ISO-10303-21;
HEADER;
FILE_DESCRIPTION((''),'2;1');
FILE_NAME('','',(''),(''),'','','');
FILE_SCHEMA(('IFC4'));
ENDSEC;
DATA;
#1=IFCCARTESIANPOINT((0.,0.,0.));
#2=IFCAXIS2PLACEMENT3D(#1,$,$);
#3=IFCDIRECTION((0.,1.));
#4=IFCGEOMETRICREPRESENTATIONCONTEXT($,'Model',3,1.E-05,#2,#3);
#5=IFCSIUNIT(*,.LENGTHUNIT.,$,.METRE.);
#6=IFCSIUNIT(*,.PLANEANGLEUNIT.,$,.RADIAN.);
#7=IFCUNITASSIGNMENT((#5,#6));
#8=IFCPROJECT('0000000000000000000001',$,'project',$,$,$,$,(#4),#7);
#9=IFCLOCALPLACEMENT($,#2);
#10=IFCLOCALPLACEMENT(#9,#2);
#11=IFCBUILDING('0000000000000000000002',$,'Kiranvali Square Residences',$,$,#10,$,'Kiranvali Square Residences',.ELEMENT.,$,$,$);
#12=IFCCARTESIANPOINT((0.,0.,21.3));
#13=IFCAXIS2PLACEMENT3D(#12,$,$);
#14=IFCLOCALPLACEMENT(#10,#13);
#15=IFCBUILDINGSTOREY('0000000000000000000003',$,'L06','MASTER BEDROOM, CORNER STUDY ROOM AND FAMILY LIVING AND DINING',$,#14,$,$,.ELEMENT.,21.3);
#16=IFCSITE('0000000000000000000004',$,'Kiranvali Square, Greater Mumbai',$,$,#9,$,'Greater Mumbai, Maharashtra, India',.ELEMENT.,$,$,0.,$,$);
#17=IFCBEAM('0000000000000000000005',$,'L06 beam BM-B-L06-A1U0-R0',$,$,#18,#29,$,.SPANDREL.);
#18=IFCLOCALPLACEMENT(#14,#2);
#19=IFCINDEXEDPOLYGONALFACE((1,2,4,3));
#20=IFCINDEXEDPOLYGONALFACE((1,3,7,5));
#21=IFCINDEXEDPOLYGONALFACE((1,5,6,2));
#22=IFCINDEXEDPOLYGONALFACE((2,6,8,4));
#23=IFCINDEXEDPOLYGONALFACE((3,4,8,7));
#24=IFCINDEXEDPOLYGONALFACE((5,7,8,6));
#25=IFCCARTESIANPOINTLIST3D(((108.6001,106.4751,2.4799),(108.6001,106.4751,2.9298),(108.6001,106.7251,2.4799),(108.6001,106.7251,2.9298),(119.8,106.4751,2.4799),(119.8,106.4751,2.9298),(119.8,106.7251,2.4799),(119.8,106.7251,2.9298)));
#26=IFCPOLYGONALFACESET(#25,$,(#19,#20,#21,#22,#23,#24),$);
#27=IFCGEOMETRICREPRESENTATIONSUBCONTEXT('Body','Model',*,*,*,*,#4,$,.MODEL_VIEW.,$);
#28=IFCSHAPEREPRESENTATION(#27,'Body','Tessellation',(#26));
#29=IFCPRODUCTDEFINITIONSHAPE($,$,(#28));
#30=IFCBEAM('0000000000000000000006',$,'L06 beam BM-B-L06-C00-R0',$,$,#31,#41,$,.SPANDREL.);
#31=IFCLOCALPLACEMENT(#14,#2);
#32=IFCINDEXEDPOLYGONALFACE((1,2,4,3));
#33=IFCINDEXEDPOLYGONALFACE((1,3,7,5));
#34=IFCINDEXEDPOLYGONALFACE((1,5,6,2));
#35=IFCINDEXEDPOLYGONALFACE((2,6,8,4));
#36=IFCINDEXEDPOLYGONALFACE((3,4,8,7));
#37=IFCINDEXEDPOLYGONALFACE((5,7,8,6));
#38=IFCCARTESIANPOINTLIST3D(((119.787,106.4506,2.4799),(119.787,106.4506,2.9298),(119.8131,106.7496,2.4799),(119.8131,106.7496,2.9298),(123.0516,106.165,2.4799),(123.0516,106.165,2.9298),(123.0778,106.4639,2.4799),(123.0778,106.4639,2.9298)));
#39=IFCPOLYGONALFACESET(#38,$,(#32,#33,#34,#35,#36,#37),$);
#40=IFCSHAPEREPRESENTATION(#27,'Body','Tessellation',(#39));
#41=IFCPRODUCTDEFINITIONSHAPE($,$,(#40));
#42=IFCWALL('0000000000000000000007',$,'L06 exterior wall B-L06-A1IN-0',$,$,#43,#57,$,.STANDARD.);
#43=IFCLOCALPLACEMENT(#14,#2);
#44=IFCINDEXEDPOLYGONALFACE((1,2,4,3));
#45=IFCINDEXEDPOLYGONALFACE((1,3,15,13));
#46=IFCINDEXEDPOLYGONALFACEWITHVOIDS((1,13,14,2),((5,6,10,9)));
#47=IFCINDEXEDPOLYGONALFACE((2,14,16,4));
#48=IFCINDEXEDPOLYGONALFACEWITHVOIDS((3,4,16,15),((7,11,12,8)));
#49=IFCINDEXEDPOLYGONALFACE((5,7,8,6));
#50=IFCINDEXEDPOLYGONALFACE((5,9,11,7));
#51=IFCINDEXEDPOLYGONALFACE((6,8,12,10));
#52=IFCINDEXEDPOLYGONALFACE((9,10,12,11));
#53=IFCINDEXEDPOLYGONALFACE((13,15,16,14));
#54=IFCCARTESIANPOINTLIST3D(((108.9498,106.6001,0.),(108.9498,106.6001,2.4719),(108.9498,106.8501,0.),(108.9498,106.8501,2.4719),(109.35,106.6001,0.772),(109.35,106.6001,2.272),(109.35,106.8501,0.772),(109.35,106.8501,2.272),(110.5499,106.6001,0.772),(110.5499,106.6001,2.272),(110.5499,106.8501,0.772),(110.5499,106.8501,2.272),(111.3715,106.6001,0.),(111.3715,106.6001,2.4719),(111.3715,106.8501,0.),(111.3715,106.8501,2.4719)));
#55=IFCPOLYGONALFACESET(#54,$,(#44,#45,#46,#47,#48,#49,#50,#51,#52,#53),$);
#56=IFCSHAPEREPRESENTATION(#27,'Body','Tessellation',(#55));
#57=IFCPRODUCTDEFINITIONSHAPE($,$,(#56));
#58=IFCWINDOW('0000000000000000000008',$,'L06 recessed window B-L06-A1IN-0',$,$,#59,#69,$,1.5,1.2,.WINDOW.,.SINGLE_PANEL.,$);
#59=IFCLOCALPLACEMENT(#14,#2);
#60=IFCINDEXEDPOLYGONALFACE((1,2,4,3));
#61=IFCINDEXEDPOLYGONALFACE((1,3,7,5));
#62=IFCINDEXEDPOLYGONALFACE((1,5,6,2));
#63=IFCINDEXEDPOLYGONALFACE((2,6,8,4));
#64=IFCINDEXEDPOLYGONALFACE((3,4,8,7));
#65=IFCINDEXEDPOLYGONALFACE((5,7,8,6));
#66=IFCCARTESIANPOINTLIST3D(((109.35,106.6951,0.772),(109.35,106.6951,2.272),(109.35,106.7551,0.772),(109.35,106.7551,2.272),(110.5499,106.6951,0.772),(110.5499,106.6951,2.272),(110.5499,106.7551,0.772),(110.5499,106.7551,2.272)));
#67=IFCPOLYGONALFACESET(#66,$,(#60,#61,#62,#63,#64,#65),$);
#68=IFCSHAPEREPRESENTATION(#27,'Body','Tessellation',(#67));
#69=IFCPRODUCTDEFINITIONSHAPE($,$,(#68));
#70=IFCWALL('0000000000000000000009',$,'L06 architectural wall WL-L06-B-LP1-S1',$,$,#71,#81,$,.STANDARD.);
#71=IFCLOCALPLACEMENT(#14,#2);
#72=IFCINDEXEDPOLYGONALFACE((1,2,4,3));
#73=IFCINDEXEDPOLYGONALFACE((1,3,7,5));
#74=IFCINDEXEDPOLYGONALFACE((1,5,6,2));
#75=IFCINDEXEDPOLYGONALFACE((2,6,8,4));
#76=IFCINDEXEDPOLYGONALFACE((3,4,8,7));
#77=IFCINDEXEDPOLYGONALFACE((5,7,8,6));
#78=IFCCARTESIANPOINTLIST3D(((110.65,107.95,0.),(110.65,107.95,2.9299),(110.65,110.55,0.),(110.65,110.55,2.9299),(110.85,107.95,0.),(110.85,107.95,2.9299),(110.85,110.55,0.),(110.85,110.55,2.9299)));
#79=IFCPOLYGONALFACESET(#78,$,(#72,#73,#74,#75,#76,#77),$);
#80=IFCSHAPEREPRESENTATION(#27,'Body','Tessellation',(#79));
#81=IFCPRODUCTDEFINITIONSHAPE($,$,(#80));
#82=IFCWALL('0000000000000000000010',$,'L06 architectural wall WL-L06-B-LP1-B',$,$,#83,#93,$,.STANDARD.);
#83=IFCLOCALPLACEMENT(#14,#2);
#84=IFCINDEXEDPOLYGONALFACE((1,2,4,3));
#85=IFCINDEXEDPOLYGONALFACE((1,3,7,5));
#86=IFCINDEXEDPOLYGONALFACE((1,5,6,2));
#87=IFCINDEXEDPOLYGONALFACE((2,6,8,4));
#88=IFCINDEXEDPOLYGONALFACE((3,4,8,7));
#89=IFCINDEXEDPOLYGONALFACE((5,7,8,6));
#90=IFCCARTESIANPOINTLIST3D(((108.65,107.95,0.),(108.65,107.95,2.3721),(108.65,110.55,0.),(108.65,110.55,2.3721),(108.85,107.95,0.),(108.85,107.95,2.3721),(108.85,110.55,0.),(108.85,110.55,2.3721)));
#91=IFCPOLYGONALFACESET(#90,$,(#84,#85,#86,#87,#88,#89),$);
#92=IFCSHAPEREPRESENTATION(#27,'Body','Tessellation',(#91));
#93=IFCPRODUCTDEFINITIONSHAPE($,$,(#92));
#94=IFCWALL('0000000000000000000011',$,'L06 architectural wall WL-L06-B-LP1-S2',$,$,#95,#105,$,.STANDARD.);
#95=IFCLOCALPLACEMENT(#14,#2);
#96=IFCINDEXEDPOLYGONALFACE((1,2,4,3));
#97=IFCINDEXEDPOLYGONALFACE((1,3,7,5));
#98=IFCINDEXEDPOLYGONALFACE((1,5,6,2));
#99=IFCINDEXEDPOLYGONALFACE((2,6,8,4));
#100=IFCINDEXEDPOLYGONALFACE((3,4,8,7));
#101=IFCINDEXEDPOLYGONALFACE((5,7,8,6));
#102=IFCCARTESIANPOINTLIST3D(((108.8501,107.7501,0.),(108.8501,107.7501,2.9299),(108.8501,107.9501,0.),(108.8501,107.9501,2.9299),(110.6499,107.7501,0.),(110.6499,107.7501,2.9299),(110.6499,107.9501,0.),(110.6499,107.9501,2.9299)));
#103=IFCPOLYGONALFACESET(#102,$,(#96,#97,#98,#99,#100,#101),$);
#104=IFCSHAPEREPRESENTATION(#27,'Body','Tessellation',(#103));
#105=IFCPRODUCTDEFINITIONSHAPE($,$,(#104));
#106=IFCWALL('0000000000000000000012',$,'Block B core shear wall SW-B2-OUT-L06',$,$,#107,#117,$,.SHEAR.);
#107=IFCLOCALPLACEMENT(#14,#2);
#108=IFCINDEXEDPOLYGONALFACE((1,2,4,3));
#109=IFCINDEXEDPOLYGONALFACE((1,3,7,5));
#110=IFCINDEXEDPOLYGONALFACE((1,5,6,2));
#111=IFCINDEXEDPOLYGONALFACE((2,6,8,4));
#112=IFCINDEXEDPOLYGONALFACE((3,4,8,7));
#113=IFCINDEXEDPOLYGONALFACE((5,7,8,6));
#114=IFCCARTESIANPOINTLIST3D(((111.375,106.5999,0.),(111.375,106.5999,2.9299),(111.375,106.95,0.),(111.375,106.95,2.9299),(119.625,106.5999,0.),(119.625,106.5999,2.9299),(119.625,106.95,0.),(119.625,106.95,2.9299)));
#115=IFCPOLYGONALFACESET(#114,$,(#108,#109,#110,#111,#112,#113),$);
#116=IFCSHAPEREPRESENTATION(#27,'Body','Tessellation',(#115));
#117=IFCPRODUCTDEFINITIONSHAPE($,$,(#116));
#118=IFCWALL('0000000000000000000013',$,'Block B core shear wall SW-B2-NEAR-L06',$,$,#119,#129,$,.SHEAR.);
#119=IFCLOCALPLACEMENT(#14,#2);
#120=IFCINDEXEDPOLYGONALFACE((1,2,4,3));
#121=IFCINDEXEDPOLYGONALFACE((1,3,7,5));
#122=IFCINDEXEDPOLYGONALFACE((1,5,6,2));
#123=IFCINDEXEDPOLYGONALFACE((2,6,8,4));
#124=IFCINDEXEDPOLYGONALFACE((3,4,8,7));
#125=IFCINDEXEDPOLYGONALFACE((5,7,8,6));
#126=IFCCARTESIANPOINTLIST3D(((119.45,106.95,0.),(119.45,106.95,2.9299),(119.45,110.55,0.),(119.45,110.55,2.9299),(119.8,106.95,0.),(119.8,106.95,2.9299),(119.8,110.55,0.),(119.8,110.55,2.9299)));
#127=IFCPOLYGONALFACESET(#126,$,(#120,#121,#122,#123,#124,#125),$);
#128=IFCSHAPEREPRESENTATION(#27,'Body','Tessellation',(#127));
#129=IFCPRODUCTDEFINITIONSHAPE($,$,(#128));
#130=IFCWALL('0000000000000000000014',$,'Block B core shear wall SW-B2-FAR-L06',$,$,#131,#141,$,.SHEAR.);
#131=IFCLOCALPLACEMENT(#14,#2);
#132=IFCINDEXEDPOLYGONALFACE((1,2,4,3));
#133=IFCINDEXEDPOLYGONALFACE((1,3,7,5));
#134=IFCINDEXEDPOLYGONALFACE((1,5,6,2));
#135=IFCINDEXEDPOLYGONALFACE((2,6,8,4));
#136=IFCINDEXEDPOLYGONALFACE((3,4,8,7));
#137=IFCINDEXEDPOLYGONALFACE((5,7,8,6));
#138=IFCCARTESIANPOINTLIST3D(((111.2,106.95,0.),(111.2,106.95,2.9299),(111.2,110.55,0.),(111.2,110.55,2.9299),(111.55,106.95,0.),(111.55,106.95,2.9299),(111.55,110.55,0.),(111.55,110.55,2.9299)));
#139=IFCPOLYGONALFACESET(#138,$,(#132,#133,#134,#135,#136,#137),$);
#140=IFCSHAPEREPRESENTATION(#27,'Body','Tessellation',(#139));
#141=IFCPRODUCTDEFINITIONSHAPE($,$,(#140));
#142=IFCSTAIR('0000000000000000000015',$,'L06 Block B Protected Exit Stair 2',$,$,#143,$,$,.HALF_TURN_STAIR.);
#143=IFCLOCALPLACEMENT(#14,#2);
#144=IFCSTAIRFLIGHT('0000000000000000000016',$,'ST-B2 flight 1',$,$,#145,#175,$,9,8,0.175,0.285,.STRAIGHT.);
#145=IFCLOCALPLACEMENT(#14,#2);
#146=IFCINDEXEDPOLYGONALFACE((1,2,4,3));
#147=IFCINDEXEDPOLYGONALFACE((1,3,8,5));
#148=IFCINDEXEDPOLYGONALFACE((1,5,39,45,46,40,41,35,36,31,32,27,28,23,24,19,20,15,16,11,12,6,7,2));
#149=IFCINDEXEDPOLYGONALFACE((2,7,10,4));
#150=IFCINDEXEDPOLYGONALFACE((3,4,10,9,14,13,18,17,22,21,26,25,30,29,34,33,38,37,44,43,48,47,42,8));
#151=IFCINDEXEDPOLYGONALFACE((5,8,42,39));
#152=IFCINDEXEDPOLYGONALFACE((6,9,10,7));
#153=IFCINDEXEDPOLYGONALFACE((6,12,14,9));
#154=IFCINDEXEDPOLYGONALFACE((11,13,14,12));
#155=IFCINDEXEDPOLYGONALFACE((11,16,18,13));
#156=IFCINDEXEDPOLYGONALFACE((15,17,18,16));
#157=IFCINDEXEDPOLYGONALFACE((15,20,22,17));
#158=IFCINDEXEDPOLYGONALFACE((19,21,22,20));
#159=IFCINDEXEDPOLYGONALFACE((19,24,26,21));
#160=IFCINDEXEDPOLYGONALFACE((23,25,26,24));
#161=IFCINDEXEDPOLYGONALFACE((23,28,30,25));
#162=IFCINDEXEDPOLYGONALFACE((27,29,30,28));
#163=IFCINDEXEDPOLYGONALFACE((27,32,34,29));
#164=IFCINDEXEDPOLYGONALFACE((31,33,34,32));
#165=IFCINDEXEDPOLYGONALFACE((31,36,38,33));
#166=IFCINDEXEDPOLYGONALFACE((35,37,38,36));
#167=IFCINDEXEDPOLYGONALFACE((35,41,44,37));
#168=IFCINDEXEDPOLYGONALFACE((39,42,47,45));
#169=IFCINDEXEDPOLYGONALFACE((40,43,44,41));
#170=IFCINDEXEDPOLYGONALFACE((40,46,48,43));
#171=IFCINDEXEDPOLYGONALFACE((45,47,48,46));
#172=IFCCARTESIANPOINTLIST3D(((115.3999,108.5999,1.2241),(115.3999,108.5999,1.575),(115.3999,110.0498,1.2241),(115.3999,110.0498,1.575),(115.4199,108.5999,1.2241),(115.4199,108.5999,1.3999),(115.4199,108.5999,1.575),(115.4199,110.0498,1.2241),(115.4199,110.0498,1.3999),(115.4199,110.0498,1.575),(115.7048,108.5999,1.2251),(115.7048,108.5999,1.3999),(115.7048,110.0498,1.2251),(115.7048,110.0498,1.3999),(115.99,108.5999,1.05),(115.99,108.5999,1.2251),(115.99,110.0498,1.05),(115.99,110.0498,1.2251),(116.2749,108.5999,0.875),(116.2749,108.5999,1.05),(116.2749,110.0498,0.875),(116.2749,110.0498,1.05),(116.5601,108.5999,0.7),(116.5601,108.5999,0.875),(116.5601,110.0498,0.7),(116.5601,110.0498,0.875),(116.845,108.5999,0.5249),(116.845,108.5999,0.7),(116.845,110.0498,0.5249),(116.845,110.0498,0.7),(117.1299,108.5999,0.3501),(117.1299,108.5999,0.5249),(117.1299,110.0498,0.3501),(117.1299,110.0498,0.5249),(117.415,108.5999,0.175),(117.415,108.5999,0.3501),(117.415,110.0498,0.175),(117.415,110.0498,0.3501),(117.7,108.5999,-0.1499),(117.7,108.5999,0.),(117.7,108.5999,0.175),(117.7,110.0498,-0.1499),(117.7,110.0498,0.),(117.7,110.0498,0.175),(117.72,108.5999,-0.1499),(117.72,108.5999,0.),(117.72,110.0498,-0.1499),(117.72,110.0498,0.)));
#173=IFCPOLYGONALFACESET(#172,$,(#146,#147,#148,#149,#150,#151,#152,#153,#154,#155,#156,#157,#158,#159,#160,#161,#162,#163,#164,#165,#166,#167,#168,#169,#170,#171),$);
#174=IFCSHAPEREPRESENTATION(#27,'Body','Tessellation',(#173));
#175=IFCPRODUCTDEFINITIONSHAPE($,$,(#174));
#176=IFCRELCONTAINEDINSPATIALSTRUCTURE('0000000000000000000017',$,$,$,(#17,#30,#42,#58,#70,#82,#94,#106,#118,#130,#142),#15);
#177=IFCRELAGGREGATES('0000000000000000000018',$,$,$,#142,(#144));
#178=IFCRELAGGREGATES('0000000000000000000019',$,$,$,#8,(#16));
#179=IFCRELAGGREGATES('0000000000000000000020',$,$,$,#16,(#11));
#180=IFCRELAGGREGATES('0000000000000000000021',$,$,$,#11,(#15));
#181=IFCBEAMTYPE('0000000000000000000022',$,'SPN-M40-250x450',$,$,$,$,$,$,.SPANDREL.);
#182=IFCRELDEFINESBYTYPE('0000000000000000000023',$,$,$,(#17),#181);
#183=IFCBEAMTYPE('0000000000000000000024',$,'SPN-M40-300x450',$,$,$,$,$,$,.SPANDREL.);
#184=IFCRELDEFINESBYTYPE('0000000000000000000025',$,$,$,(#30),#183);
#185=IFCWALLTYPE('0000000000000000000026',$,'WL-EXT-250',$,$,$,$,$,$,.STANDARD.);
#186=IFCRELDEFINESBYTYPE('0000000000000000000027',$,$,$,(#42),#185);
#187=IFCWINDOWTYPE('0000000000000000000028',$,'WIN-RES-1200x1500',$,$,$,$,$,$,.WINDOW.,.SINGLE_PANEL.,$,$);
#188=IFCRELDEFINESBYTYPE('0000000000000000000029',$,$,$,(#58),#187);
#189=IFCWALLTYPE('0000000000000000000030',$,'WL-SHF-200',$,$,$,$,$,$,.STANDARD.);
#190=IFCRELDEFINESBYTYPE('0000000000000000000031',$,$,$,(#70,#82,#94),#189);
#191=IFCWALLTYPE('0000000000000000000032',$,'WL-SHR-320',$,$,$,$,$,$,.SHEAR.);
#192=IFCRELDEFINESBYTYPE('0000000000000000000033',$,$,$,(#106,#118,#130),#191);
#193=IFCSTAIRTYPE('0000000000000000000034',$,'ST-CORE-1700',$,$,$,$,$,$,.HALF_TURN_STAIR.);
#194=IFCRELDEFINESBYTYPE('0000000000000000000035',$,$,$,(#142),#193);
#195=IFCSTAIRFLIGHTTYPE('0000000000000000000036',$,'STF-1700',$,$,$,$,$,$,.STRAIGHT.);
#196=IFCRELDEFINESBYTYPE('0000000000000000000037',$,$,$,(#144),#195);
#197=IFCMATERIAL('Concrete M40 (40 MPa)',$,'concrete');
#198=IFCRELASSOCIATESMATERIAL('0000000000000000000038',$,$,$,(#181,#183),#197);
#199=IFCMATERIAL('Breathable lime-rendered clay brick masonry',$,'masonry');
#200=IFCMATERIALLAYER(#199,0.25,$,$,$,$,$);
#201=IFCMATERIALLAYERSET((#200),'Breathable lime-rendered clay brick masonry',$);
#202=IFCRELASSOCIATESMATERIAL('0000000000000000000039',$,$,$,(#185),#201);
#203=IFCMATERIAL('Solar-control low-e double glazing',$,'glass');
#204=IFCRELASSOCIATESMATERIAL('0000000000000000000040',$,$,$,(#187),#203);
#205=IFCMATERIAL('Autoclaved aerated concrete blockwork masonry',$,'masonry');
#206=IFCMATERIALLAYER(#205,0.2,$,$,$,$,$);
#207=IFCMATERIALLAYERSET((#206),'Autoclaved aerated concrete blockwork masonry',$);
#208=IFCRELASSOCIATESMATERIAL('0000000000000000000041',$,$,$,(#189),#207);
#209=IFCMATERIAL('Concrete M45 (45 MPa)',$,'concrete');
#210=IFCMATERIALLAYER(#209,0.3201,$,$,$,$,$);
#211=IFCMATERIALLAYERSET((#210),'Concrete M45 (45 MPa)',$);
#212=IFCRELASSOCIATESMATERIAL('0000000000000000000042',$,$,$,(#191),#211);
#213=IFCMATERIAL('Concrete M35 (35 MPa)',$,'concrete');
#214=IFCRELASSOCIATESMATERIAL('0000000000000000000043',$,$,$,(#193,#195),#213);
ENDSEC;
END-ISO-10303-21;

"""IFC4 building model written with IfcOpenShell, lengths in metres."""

from ifc_helpers import new_model, si_unit, direction, frame, frame_2d, origin, origin_2d, place, context, subcontext, project, spatial, polyline, rectangle, outline, extrude, material, layer, layer_set, material_profile, profile_set, type_object, element, fill, aggregate, save


model = new_model("IFC4")

# Units and contexts
model_context = context("Model", 3, precision=1e-05, world=origin(), true_north=direction((0.0, 1.0)))
body_context = subcontext(model_context, "Body", "Model", "MODEL_VIEW")
ifc_project = project(units=[si_unit("LENGTHUNIT", "METRE"), si_unit("PLANEANGLEUNIT", "RADIAN")], contexts=[model_context])

# Site, building, storey
site_placement = place(None, origin())
site = spatial("IfcSite", under=ifc_project, at=site_placement, Name="Kiranvali Square, Greater Mumbai", LongName="Greater Mumbai, Maharashtra, India", CompositionType="ELEMENT", RefElevation=0.0)
building_placement = place(site_placement, origin())
building = spatial("IfcBuilding", under=site, at=building_placement, Name="Kiranvali Square Residences", LongName="Kiranvali Square Residences", CompositionType="ELEMENT")
storey_placement = place(building_placement, frame((0.0, 0.0, 21.3)))
storey = spatial("IfcBuildingStorey", under=building, at=storey_placement, Name="L06", Description="MASTER BEDROOM, CORNER STUDY ROOM AND FAMILY LIVING AND DINING", CompositionType="ELEMENT", Elevation=21.3)

# Beams
ifc_material_1 = material(Name="Concrete M40 (40 MPa)", Category="concrete")
ifc_material_profile_1 = material_profile(ifc_material_1, rectangle(XDim=0.25, YDim=0.45, at=origin_2d()), Name="RC 250x450")
ifc_profile_set_1 = profile_set([ifc_material_profile_1], Name="Concrete M40 (40 MPa)")
beam_type_1 = type_object("IfcBeamType", Name="SPN-M40-250x450", PredefinedType="SPANDREL", material=ifc_profile_set_1)
beam_1_placement = place(storey_placement, frame((119.8, 106.6001, 2.7048), z_axis=(-1.0, 0.0, 0.0), x_axis=(0.0, -1.0, 0.0)))
element("IfcBeam", 1, at=beam_1_placement, inside=storey, type_object=beam_type_1, Name="L06 beam BM-B-L06-A1U0-R0", PredefinedType="SPANDREL", context=body_context, shape_type="SweptSolid", body=[
    extrude(rectangle(XDim=0.25, YDim=0.45, at=origin_2d()), origin(), (0.0, 0.0, 1.0), 11.2),
])
ifc_material_profile_2 = material_profile(ifc_material_1, rectangle(XDim=0.3, YDim=0.45, at=origin_2d()), Name="RC 300x450")
ifc_profile_set_2 = profile_set([ifc_material_profile_2], Name="Concrete M40 (40 MPa)")
beam_type_2 = type_object("IfcBeamType", Name="SPN-M40-300x450", PredefinedType="SPANDREL", material=ifc_profile_set_2)
beam_2_placement = place(storey_placement, frame((119.8, 106.6001, 2.7048), z_axis=(0.996194, -0.087163, 0.0), x_axis=(0.087163, 0.996194, 0.0)))
element("IfcBeam", 2, at=beam_2_placement, inside=storey, type_object=beam_type_2, Name="L06 beam BM-B-L06-C00-R0", PredefinedType="SPANDREL", context=body_context, shape_type="SweptSolid", body=[
    extrude(rectangle(XDim=0.3, YDim=0.45, at=origin_2d()), origin(), (0.0, 0.0, 1.0), 3.2771),
])

# Wall, opening, window
ifc_material_2 = material(Name="Breathable lime-rendered clay brick masonry", Category="masonry")
ifc_layer_1 = layer(ifc_material_2, 0.25)
ifc_layer_set_1 = layer_set([ifc_layer_1], Name="Breathable lime-rendered clay brick masonry")
wall_type_1 = type_object("IfcWallType", Name="WL-EXT-250", PredefinedType="STANDARD", material=ifc_layer_set_1)
wall_1_placement = place(storey_placement, frame((111.3716, 106.7251, 0.0), z_axis=(0.0, 0.0, 1.0), x_axis=(-1.0, 0.0, 0.0)))
wall_1 = element("IfcWall", 3, at=wall_1_placement, inside=storey, type_object=wall_type_1, Name="L06 exterior wall B-L06-A1IN-0", PredefinedType="STANDARD", context=body_context, shape_type="SweptSolid", body=[
    extrude(rectangle(XDim=2.4216, YDim=0.25, at=frame_2d((1.2109, 0.0))), origin(), (0.0, 0.0, 1.0), 2.4719),
])
opening_1_placement = place(wall_1_placement, frame((0.8215, 0.0, 0.772)))
opening_1 = element("IfcOpeningElement", 4, at=opening_1_placement, cuts=wall_1, PredefinedType="OPENING", context=body_context, shape_type="SweptSolid", body=[
    extrude(rectangle(XDim=1.2, YDim=1.5, at=frame_2d((0.6001, 0.75))), frame((0.0, 0.135, 0.0), z_axis=(0.0, -1.0, 0.0), x_axis=(1.0, 0.0, 0.0)), (0.0, 0.0, 1.0), 0.27),
])
ifc_material_3 = material(Name="Solar-control low-e double glazing", Category="glass")
window_type = type_object("IfcWindowType", Name="WIN-RES-1200x1500", PartitioningType="SINGLE_PANEL", PredefinedType="WINDOW", material=ifc_material_3)
window_placement = place(opening_1_placement, origin())
window = element("IfcWindow", 5, at=window_placement, inside=storey, type_object=window_type, Name="L06 recessed window B-L06-A1IN-0", OverallHeight=1.5, OverallWidth=1.2, PartitioningType="SINGLE_PANEL", PredefinedType="WINDOW", context=body_context, shape_type="SweptSolid", body=[
    extrude(rectangle(XDim=1.2, YDim=1.5, at=frame_2d((0.6001, 0.75))), frame((0.0, 0.03, 0.0), z_axis=(0.0, -1.0, 0.0), x_axis=(1.0, 0.0, 0.0)), (0.0, 0.0, 1.0), 0.0601),
])
fill(opening_1, window)

# Walls
ifc_material_4 = material(Name="Autoclaved aerated concrete blockwork masonry", Category="masonry")
ifc_layer_2 = layer(ifc_material_4, 0.2)
ifc_layer_set_2 = layer_set([ifc_layer_2], Name="Autoclaved aerated concrete blockwork masonry")
wall_type_2 = type_object("IfcWallType", Name="WL-SHF-200", PredefinedType="STANDARD", material=ifc_layer_set_2)
wall_2_placement = place(storey_placement, frame((110.75, 107.95, 0.0), z_axis=(0.0, 0.0, 1.0), x_axis=(0.0, 1.0, 0.0)))
element("IfcWall", 6, at=wall_2_placement, inside=storey, type_object=wall_type_2, Name="L06 architectural wall WL-L06-B-LP1-S1", PredefinedType="STANDARD", context=body_context, shape_type="SweptSolid", body=[
    extrude(rectangle(XDim=2.6001, YDim=0.2, at=frame_2d((1.3, 0.0))), origin(), (0.0, 0.0, 1.0), 2.9299),
])
wall_3_placement = place(storey_placement, frame((108.75, 107.95, 0.0), z_axis=(0.0, 0.0, 1.0), x_axis=(0.0, 1.0, 0.0)))
element("IfcWall", 7, at=wall_3_placement, inside=storey, type_object=wall_type_2, Name="L06 architectural wall WL-L06-B-LP1-B", PredefinedType="STANDARD", context=body_context, shape_type="SweptSolid", body=[
    extrude(rectangle(XDim=2.6001, YDim=0.2, at=frame_2d((1.3, 0.0))), origin(), (0.0, 0.0, 1.0), 2.3721),
])
wall_4_placement = place(storey_placement, frame((110.6499, 107.8501, 0.0), z_axis=(0.0, 0.0, 1.0), x_axis=(-1.0, 0.0, 0.0)))
element("IfcWall", 8, at=wall_4_placement, inside=storey, type_object=wall_type_2, Name="L06 architectural wall WL-L06-B-LP1-S2", PredefinedType="STANDARD", context=body_context, shape_type="SweptSolid", body=[
    extrude(rectangle(XDim=1.7998, YDim=0.2, at=frame_2d((0.8999, 0.0))), origin(), (0.0, 0.0, 1.0), 2.9299),
])
ifc_material_5 = material(Name="Concrete M45 (45 MPa)", Category="concrete")
ifc_layer_3 = layer(ifc_material_5, 0.3201)
ifc_layer_set_3 = layer_set([ifc_layer_3], Name="Concrete M45 (45 MPa)")
wall_type_3 = type_object("IfcWallType", Name="WL-SHR-320", PredefinedType="SHEAR", material=ifc_layer_set_3)
wall_5_placement = place(storey_placement, frame((119.625, 106.7749, 0.0), z_axis=(0.0, 0.0, 1.0), x_axis=(-1.0, 0.0, 0.0)))
element("IfcWall", 9, at=wall_5_placement, inside=storey, type_object=wall_type_3, Name="Block B core shear wall SW-B2-OUT-L06", PredefinedType="SHEAR", context=body_context, shape_type="SweptSolid", body=[
    extrude(rectangle(XDim=8.25, YDim=0.3501, at=frame_2d((4.125, 0.0))), origin(), (0.0, 0.0, 1.0), 2.9299),
])

# Walls
for number, where, z_axis, x_axis, name in (
    (10, (119.625, 106.95, 0.0), (0.0, 0.0, 1.0), (0.0, 1.0, 0.0), "Block B core shear wall SW-B2-NEAR-L06"),
    (11, (111.375, 106.95, 0.0), (0.0, 0.0, 1.0), (0.0, 1.0, 0.0), "Block B core shear wall SW-B2-FAR-L06"),
):
    element("IfcWall", number, at=place(storey_placement, frame(where, z_axis=z_axis, x_axis=x_axis)), inside=storey, type_object=wall_type_3, Name=name, PredefinedType="SHEAR", context=body_context, shape_type="SweptSolid", body=[
        extrude(rectangle(XDim=3.6001, YDim=0.3501, at=frame_2d((1.8, 0.0))), origin(), (0.0, 0.0, 1.0), 2.9299),
    ])

# Stair, stair flight
ifc_material_6 = material(Name="Concrete M35 (35 MPa)", Category="concrete")
stair_type = type_object("IfcStairType", Name="ST-CORE-1700", PredefinedType="HALF_TURN_STAIR", material=ifc_material_6)
stair_placement = place(storey_placement, origin())
stair = element("IfcStair", 12, at=stair_placement, inside=storey, type_object=stair_type, Name="L06 Block B Protected Exit Stair 2", PredefinedType="HALF_TURN_STAIR")
stair_flight_type = type_object("IfcStairFlightType", Name="STF-1700", PredefinedType="STRAIGHT", material=ifc_material_6)
stair_flight_1_placement = place(storey_placement, frame((117.7, 109.325, 0.0), z_axis=(0.0, 0.0, 1.0), x_axis=(-1.0, 0.0, 0.0)))
stair_flight_1 = element("IfcStairFlight", 13, at=stair_flight_1_placement, type_object=stair_flight_type, Name="ST-B2 flight 1", NumberOfRisers=9, NumberOfTreads=8, PredefinedType="STRAIGHT", RiserHeight=0.175, TreadLength=0.285, context=body_context, shape_type="SweptSolid", body=[
    extrude(outline(polyline([(-0.02, -0.1499), (-0.02, 0.0), (0.0, 0.0), (0.0, 0.175), (0.2849, 0.175), (0.2849, 0.3501), (0.5701, 0.3501), (0.5701, 0.5249), (0.855, 0.5249), (0.855, 0.7), (1.1399, 0.7), (1.1399, 0.875), (1.425, 0.875), (1.425, 1.05), (1.71, 1.05), (1.71, 1.2251), (1.9951, 1.2251), (1.9951, 1.3999), (2.28, 1.3999), (2.28, 1.575), (2.3, 1.575), (2.3, 1.2241), (2.28, 1.2241), (0.0, -0.1499), (-0.02, -0.1499)])), frame((0.0, 0.7251, 0.0), z_axis=(0.0, -1.0, 0.0), x_axis=(1.0, 0.0, 0.0)), (0.0, 0.0, 1.0), 1.45),
])
aggregate(stair, [stair_flight_1])

save(model, "model.ifc")
